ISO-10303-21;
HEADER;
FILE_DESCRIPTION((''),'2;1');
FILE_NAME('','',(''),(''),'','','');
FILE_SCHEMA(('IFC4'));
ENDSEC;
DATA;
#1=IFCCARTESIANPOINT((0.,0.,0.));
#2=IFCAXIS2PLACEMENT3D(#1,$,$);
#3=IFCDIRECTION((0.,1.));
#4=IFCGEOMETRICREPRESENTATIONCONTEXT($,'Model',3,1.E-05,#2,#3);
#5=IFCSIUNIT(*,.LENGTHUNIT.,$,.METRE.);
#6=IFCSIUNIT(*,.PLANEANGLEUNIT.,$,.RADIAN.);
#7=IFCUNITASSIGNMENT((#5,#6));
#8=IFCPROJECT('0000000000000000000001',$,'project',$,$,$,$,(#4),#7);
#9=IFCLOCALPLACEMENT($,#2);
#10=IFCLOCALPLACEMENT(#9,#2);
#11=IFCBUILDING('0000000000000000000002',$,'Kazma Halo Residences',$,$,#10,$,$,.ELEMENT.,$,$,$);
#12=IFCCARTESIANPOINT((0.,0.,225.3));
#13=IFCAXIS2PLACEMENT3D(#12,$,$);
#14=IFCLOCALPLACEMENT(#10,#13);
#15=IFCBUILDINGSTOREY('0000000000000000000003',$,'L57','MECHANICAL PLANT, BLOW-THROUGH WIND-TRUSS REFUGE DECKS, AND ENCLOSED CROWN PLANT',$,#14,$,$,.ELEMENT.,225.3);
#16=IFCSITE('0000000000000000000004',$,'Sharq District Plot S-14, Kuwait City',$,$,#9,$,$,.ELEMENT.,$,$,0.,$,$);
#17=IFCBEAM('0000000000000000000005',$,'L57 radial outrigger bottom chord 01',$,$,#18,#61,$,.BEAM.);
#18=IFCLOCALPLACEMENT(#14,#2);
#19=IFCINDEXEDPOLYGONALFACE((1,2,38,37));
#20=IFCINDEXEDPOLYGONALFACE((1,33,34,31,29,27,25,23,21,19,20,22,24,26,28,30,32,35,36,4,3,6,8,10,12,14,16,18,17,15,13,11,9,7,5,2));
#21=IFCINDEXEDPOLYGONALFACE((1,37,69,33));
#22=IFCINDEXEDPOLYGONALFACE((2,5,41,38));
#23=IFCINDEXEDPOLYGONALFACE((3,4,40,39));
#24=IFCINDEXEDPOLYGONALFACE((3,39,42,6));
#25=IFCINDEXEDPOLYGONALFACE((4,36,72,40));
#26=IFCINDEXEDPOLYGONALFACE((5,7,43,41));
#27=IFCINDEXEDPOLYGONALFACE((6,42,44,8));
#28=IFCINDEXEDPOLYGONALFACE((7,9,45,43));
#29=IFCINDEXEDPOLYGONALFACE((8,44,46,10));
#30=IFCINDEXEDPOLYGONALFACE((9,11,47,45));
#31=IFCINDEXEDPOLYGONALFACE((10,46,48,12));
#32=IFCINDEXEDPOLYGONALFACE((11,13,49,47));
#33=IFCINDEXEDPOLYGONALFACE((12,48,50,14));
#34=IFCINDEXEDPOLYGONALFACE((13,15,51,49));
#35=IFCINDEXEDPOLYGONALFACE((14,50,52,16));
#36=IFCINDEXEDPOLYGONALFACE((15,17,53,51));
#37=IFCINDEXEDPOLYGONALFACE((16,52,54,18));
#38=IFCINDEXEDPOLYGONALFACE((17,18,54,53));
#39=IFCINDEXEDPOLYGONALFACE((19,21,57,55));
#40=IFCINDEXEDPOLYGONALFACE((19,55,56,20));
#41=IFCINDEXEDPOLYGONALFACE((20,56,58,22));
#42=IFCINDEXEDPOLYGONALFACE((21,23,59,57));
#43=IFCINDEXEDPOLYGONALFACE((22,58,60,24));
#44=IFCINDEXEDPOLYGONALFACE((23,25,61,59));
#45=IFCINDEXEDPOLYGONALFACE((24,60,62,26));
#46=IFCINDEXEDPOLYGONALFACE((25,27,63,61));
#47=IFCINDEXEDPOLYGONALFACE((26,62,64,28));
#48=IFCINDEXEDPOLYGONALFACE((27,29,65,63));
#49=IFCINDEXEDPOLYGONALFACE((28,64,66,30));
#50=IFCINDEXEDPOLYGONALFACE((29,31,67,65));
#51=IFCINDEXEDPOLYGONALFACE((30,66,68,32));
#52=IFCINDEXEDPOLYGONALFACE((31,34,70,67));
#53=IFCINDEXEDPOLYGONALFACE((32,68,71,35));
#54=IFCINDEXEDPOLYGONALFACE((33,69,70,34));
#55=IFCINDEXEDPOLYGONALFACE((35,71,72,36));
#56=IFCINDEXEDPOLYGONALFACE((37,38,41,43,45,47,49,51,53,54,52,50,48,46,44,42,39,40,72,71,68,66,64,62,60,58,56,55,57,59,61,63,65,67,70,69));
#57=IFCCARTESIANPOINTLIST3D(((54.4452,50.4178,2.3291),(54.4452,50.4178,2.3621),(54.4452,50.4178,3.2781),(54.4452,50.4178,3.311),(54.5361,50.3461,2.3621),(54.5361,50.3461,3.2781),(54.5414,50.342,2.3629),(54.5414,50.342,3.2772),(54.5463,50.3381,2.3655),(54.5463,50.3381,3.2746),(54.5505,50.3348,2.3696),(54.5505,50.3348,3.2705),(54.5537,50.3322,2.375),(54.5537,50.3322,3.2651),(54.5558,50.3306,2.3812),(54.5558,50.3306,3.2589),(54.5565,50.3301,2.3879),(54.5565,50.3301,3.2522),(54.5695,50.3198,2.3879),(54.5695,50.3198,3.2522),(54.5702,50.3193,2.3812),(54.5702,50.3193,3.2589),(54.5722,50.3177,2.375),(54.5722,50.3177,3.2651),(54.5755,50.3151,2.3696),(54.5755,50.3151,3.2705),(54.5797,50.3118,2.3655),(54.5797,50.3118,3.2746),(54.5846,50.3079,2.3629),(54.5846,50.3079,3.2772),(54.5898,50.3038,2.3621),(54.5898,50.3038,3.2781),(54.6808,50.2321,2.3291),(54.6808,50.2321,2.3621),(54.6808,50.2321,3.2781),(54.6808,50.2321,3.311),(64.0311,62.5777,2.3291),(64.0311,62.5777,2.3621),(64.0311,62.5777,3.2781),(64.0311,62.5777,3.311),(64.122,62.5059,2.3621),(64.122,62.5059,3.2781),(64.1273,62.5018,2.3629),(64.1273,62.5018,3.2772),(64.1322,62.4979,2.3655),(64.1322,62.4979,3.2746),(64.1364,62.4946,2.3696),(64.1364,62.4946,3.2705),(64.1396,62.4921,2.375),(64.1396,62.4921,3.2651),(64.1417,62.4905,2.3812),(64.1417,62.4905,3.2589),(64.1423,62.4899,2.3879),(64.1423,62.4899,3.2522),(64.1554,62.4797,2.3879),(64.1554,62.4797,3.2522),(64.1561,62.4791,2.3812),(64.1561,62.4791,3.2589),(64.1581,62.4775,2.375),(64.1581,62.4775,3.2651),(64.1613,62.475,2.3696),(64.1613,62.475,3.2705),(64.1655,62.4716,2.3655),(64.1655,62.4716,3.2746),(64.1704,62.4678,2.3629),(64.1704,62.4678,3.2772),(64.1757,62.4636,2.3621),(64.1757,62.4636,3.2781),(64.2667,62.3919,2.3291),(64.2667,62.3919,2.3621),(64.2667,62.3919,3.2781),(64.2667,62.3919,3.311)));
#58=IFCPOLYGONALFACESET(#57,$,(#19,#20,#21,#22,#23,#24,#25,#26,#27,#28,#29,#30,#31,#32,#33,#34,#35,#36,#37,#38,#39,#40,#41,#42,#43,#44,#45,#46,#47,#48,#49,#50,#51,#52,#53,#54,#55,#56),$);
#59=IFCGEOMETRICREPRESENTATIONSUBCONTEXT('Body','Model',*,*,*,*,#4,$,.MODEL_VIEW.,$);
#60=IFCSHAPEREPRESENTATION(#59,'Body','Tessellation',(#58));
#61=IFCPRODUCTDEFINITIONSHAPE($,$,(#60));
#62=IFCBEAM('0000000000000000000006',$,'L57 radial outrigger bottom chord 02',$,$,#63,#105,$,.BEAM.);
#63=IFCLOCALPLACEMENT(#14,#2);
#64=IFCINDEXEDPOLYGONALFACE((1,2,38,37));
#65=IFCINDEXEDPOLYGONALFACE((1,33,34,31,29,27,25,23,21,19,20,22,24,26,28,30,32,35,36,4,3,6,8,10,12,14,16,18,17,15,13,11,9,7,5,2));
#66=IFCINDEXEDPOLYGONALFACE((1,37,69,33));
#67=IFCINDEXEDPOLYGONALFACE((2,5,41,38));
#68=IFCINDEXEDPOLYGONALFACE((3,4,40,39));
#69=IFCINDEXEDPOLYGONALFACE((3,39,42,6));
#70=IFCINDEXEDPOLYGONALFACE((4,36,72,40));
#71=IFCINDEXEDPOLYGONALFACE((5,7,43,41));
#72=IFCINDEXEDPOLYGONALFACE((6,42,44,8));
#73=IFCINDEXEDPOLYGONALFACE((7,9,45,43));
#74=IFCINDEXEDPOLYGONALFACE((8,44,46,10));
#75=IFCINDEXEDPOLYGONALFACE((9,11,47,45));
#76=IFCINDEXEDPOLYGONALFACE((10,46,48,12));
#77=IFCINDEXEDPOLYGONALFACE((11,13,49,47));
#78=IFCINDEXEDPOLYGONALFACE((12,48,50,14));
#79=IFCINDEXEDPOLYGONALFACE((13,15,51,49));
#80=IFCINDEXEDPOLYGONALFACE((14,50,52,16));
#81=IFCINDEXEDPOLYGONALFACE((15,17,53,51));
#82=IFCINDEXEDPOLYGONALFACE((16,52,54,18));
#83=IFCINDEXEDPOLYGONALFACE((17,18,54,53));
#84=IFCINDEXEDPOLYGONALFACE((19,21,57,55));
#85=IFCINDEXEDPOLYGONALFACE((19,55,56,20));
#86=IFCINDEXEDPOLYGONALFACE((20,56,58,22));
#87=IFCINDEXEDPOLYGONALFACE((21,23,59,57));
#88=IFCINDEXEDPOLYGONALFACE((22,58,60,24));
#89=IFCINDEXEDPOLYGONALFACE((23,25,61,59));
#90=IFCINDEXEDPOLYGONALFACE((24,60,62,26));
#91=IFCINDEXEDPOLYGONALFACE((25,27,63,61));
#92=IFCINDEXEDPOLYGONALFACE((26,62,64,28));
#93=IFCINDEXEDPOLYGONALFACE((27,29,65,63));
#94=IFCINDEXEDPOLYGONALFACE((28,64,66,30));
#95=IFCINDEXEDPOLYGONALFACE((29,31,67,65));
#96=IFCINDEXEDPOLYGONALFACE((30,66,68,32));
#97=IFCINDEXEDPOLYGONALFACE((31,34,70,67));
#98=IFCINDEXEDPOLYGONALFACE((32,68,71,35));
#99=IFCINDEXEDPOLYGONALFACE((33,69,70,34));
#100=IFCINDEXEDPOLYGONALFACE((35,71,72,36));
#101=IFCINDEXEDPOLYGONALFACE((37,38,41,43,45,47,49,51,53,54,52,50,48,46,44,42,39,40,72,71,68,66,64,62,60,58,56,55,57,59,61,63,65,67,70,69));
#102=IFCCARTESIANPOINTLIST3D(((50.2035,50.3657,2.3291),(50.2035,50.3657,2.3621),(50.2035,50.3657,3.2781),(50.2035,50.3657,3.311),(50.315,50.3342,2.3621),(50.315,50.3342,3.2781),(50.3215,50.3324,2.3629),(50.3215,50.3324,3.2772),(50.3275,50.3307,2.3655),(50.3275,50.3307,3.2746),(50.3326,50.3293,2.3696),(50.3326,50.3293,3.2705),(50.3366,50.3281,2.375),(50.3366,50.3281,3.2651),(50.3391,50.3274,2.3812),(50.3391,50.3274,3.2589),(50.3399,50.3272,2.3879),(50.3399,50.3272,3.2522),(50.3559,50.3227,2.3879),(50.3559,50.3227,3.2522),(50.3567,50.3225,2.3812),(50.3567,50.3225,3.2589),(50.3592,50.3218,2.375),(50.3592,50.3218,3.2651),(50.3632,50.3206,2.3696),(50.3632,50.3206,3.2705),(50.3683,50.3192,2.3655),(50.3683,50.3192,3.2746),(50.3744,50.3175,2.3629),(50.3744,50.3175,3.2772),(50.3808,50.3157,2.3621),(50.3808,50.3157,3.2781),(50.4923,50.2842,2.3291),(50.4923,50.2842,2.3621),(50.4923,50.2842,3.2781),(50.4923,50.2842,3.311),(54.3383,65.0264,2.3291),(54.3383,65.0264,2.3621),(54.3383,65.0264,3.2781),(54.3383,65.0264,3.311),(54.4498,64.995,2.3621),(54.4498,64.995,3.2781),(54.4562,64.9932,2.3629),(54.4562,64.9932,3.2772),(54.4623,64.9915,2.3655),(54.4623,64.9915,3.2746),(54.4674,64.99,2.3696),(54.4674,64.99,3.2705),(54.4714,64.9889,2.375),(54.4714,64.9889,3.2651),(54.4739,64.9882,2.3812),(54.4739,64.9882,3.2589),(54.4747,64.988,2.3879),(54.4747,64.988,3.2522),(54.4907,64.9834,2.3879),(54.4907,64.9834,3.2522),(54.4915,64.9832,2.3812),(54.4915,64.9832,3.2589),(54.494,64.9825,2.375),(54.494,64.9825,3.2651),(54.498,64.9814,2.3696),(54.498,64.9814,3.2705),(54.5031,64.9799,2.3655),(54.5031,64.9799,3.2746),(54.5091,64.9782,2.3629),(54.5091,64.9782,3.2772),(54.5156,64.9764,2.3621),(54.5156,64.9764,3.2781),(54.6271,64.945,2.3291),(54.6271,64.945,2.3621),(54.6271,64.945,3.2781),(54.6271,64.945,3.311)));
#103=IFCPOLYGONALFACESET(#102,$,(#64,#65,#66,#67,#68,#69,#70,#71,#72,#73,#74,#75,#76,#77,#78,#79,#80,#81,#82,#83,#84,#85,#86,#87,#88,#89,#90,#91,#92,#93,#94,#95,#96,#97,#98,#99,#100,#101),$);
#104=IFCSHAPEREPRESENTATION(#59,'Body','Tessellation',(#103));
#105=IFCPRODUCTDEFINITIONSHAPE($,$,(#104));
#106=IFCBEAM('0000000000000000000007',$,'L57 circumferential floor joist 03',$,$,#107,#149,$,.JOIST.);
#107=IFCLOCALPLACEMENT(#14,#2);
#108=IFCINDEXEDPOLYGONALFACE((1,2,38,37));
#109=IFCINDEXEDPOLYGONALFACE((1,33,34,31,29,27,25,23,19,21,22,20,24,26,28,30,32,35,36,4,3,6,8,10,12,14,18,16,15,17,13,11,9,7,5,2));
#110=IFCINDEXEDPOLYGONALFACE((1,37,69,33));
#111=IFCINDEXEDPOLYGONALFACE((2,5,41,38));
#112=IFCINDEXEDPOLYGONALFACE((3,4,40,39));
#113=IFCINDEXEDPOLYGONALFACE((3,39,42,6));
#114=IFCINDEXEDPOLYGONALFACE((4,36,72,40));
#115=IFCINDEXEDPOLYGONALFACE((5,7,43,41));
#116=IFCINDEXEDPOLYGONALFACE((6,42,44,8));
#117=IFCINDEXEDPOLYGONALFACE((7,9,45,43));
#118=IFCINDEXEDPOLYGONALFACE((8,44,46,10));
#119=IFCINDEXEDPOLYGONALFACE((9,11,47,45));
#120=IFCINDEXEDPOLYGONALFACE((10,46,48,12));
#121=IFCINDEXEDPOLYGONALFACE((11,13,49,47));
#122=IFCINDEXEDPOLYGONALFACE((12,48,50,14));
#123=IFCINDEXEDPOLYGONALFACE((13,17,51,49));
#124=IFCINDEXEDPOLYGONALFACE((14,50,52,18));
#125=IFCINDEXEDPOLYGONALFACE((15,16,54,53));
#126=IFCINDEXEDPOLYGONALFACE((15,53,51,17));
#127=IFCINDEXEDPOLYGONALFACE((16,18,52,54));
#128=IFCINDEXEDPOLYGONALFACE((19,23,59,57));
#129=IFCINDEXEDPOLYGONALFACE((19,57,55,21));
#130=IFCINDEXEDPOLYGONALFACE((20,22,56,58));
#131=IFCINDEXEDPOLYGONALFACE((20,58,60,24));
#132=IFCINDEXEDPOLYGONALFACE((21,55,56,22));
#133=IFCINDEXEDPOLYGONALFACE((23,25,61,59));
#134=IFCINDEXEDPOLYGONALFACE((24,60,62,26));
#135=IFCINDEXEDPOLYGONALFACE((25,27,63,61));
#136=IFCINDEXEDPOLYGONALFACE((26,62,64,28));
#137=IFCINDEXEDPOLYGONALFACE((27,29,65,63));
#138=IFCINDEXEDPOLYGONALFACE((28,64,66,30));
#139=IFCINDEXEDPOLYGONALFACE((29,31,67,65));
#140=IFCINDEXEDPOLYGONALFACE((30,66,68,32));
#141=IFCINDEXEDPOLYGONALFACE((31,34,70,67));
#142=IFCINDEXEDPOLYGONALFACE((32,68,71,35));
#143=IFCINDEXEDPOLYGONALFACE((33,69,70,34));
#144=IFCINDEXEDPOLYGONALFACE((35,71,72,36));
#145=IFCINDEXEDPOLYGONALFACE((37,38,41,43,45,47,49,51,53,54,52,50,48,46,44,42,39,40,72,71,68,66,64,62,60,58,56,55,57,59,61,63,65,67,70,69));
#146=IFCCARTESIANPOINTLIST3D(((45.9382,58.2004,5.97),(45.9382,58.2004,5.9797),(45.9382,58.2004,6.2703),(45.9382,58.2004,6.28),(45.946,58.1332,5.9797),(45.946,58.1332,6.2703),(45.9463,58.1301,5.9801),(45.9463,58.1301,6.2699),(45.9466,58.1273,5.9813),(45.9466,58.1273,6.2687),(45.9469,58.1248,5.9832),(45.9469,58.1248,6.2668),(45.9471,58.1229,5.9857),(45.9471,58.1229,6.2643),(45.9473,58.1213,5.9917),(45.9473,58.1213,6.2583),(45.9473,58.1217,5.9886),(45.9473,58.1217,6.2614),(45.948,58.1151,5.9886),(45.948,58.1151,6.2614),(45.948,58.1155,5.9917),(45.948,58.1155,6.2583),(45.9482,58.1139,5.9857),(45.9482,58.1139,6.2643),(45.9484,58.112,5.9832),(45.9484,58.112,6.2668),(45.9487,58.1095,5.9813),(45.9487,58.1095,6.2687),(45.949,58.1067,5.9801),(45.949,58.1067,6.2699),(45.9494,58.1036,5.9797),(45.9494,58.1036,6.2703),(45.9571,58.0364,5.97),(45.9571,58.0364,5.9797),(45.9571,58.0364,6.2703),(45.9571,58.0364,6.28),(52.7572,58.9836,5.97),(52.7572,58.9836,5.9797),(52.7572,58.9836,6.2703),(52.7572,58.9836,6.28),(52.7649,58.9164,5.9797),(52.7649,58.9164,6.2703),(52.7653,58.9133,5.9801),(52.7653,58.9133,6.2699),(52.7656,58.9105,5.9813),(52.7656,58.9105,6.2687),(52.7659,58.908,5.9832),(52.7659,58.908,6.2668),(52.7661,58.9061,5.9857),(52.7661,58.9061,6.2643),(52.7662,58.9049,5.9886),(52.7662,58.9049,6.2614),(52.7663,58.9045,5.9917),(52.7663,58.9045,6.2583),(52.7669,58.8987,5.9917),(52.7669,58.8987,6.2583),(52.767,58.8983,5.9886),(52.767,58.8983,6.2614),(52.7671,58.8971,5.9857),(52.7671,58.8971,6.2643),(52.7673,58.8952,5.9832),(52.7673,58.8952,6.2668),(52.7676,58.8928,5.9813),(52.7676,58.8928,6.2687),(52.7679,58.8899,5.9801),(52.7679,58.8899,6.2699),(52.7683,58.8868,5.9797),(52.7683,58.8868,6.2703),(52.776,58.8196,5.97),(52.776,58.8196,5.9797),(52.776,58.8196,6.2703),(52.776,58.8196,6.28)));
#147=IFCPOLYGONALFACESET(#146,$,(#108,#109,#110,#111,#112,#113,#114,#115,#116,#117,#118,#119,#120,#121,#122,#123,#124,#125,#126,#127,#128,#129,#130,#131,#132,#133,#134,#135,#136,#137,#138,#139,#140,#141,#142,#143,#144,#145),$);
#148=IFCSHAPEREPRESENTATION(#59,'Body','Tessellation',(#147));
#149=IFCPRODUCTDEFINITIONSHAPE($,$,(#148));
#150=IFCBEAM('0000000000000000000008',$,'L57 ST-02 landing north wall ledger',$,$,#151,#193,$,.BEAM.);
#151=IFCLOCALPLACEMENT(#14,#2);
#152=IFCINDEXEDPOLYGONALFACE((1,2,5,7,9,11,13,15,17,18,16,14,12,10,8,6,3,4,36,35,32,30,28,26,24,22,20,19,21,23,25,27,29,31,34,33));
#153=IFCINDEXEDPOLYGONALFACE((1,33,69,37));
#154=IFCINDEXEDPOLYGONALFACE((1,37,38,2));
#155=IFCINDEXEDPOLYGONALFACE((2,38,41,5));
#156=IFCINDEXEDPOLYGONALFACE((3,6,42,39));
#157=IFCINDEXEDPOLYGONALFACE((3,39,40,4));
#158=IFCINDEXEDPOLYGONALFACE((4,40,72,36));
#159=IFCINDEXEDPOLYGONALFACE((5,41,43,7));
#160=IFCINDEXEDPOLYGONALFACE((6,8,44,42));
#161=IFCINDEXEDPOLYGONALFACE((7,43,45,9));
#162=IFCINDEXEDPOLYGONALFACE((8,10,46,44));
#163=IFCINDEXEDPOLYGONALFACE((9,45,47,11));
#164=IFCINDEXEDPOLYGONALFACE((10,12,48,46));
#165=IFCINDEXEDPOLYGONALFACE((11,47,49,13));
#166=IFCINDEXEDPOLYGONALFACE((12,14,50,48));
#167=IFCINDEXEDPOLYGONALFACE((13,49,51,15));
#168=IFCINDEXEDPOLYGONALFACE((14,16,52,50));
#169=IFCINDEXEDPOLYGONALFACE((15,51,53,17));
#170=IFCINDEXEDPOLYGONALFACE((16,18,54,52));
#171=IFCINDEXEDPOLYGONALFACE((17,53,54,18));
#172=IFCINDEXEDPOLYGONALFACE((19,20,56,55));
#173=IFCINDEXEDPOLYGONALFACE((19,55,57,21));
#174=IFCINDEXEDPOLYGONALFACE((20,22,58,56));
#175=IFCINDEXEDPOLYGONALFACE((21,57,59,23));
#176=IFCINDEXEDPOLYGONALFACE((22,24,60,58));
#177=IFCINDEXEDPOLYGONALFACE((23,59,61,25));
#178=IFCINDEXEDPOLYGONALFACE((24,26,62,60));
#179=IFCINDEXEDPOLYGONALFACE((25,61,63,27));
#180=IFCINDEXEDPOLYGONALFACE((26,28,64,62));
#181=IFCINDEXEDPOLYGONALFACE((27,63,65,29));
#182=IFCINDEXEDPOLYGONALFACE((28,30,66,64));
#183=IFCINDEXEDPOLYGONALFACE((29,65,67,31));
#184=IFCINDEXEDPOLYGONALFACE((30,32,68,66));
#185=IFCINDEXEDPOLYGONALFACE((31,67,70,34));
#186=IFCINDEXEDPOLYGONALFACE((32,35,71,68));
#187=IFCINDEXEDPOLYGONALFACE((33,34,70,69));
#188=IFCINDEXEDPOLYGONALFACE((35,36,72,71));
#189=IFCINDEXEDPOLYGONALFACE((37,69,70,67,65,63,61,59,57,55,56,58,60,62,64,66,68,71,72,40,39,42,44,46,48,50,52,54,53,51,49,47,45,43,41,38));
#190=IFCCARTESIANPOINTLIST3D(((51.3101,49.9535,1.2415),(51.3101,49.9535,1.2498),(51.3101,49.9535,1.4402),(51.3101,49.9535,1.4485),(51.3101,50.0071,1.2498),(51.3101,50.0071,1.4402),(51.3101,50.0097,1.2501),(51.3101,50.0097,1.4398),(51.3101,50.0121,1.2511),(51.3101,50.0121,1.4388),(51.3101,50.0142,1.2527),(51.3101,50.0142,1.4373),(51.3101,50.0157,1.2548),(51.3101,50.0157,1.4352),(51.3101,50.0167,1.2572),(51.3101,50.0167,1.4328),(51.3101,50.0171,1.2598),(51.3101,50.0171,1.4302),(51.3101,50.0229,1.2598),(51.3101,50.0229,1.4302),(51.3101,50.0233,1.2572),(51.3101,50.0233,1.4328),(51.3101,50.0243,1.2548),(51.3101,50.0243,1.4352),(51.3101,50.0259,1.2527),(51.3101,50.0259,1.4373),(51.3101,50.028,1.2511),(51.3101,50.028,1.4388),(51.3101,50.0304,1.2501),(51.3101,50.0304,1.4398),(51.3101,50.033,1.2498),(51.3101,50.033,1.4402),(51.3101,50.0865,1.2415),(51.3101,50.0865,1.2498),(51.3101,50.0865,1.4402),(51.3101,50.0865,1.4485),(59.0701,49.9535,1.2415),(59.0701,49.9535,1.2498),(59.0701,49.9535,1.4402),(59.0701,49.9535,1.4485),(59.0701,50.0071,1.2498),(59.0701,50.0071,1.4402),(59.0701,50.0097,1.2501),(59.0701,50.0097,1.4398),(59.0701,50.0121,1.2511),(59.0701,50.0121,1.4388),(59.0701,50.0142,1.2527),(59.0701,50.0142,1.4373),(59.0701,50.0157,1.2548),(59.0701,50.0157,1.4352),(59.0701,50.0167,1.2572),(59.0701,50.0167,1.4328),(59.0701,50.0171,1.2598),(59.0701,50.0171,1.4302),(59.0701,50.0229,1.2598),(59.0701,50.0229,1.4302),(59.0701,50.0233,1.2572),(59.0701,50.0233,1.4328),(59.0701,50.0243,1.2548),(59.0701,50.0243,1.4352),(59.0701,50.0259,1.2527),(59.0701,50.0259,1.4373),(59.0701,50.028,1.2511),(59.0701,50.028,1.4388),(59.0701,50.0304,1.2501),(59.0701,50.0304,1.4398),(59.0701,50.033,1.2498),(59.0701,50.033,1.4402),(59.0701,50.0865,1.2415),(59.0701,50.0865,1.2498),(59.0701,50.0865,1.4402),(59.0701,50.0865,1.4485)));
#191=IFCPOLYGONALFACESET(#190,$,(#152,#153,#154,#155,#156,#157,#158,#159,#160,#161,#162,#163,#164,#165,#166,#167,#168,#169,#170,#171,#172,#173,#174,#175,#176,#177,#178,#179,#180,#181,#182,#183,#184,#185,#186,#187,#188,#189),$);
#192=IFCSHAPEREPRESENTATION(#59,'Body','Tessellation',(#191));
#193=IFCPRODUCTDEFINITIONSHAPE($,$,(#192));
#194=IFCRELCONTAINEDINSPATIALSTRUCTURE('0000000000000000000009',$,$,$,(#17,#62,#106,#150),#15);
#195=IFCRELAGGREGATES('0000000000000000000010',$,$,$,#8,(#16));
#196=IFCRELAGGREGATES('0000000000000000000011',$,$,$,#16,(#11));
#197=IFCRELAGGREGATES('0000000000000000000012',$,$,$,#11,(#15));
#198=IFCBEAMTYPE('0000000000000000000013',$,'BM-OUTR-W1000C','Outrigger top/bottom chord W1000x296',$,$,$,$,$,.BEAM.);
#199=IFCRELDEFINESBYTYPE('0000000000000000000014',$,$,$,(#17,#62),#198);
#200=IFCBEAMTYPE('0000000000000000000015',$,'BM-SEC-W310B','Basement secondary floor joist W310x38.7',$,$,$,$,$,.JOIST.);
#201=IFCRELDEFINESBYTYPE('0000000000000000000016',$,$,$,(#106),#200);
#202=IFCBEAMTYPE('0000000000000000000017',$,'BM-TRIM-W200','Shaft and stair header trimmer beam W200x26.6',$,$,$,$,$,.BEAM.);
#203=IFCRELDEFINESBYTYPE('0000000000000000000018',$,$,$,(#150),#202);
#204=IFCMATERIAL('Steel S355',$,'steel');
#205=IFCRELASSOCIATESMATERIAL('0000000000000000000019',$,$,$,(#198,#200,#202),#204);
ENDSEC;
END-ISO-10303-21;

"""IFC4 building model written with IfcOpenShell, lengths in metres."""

from ifc_helpers import new_model, si_unit, direction, frame, origin, origin_2d, place, context, subcontext, project, spatial, i_section, extrude, material, material_profile, profile_set, type_object, element, save


model = new_model("IFC4")

# Units and contexts
model_context = context("Model", 3, precision=1e-05, world=origin(), true_north=direction((0.0, 1.0)))
body_context = subcontext(model_context, "Body", "Model", "MODEL_VIEW")
ifc_project = project(units=[si_unit("LENGTHUNIT", "METRE"), si_unit("PLANEANGLEUNIT", "RADIAN")], contexts=[model_context])

# Site, building, storey
site_placement = place(None, origin())
site = spatial("IfcSite", under=ifc_project, at=site_placement, Name="Sharq District Plot S-14, Kuwait City", CompositionType="ELEMENT", RefElevation=0.0)
building_placement = place(site_placement, origin())
building = spatial("IfcBuilding", under=site, at=building_placement, Name="Kazma Halo Residences", CompositionType="ELEMENT")
storey_placement = place(building_placement, frame((0.0, 0.0, 225.3)))
storey = spatial("IfcBuildingStorey", under=building, at=storey_placement, Name="L57", Description="MECHANICAL PLANT, BLOW-THROUGH WIND-TRUSS REFUGE DECKS, AND ENCLOSED CROWN PLANT", CompositionType="ELEMENT", Elevation=225.3)

# Beams
ifc_material_1 = material(Name="Steel S355", Category="steel")
ifc_material_profile_1 = material_profile(ifc_material_1, i_section(OverallWidth=0.3, OverallDepth=0.9819, WebThickness=0.0166, FlangeThickness=0.033, FilletRadius=0.0259, at=origin_2d()), Name="W1000x296")
ifc_profile_set_1 = profile_set([ifc_material_profile_1], Name="Steel S355")
beam_type_1 = type_object("IfcBeamType", Name="BM-OUTR-W1000C", Description="Outrigger top/bottom chord W1000x296", PredefinedType="BEAM", material=ifc_profile_set_1)
beam_1_placement = place(storey_placement, frame((54.563, 50.325, 2.8201), z_axis=(0.619087, 0.785322, 0.0), x_axis=(-0.785322, 0.619087, 0.0)))
element("IfcBeam", 1, at=beam_1_placement, inside=storey, type_object=beam_type_1, Name="L57 radial outrigger bottom chord 01", PredefinedType="BEAM", context=body_context, shape_type="SweptSolid", body=[
    extrude(i_section(OverallWidth=0.3, OverallDepth=0.9819, WebThickness=0.0166, FlangeThickness=0.033, FilletRadius=0.0259, at=origin_2d()), origin(), (0.0, 0.0, 1.0), 15.4839),
])
beam_2_placement = place(storey_placement, frame((50.3479, 50.325, 2.8201), z_axis=(0.271443, 0.962455, 0.0), x_axis=(-0.962455, 0.271443, 0.0)))
element("IfcBeam", 2, at=beam_2_placement, inside=storey, type_object=beam_type_1, Name="L57 radial outrigger bottom chord 02", PredefinedType="BEAM", context=body_context, shape_type="SweptSolid", body=[
    extrude(i_section(OverallWidth=0.3, OverallDepth=0.9819, WebThickness=0.0166, FlangeThickness=0.033, FilletRadius=0.0259, at=origin_2d()), origin(), (0.0, 0.0, 1.0), 15.2327),
])
ifc_material_profile_2 = material_profile(ifc_material_1, i_section(OverallWidth=0.165, OverallDepth=0.3101, WebThickness=0.0059, FlangeThickness=0.0098, FilletRadius=0.012, at=origin_2d()), Name="W310x38.7")
ifc_profile_set_2 = profile_set([ifc_material_profile_2], Name="Steel S355")
beam_type_2 = type_object("IfcBeamType", Name="BM-SEC-W310B", Description="Basement secondary floor joist W310x38.7", PredefinedType="JOIST", material=ifc_profile_set_2)
beam_3_placement = place(storey_placement, frame((52.7666, 58.9016, 6.125), z_axis=(-0.993468, -0.114108, 0.0), x_axis=(0.114108, -0.993468, 0.0)))
element("IfcBeam", 3, at=beam_3_placement, inside=storey, type_object=beam_type_2, Name="L57 circumferential floor joist 03", PredefinedType="JOIST", context=body_context, shape_type="SweptSolid", body=[
    extrude(i_section(OverallWidth=0.165, OverallDepth=0.3101, WebThickness=0.0059, FlangeThickness=0.0098, FilletRadius=0.012, at=origin_2d()), origin(), (0.0, 0.0, 1.0), 6.8638),
])
ifc_material_profile_3 = material_profile(ifc_material_1, i_section(OverallWidth=0.1331, OverallDepth=0.207, WebThickness=0.0059, FlangeThickness=0.0083, FilletRadius=0.01, at=origin_2d()), Name="W200x26.6")
ifc_profile_set_3 = profile_set([ifc_material_profile_3], Name="Steel S355")
beam_type_3 = type_object("IfcBeamType", Name="BM-TRIM-W200", Description="Shaft and stair header trimmer beam W200x26.6", PredefinedType="BEAM", material=ifc_profile_set_3)
for number, where, z_axis, x_axis, name in (
    (4, (51.3101, 50.02, 1.345), (1.0, 0.0, 0.0), (0.0, 1.0, 0.0), "L57 ST-02 landing north wall ledger"),
):
    element("IfcBeam", number, at=place(storey_placement, frame(where, z_axis=z_axis, x_axis=x_axis)), inside=storey, type_object=beam_type_3, Name=name, PredefinedType="BEAM", context=body_context, shape_type="SweptSolid", body=[
        extrude(i_section(OverallWidth=0.1331, OverallDepth=0.207, WebThickness=0.0059, FlangeThickness=0.0083, FilletRadius=0.01, at=origin_2d()), origin(), (0.0, 0.0, 1.0), 7.76),
    ])

save(model, "model.ifc")
